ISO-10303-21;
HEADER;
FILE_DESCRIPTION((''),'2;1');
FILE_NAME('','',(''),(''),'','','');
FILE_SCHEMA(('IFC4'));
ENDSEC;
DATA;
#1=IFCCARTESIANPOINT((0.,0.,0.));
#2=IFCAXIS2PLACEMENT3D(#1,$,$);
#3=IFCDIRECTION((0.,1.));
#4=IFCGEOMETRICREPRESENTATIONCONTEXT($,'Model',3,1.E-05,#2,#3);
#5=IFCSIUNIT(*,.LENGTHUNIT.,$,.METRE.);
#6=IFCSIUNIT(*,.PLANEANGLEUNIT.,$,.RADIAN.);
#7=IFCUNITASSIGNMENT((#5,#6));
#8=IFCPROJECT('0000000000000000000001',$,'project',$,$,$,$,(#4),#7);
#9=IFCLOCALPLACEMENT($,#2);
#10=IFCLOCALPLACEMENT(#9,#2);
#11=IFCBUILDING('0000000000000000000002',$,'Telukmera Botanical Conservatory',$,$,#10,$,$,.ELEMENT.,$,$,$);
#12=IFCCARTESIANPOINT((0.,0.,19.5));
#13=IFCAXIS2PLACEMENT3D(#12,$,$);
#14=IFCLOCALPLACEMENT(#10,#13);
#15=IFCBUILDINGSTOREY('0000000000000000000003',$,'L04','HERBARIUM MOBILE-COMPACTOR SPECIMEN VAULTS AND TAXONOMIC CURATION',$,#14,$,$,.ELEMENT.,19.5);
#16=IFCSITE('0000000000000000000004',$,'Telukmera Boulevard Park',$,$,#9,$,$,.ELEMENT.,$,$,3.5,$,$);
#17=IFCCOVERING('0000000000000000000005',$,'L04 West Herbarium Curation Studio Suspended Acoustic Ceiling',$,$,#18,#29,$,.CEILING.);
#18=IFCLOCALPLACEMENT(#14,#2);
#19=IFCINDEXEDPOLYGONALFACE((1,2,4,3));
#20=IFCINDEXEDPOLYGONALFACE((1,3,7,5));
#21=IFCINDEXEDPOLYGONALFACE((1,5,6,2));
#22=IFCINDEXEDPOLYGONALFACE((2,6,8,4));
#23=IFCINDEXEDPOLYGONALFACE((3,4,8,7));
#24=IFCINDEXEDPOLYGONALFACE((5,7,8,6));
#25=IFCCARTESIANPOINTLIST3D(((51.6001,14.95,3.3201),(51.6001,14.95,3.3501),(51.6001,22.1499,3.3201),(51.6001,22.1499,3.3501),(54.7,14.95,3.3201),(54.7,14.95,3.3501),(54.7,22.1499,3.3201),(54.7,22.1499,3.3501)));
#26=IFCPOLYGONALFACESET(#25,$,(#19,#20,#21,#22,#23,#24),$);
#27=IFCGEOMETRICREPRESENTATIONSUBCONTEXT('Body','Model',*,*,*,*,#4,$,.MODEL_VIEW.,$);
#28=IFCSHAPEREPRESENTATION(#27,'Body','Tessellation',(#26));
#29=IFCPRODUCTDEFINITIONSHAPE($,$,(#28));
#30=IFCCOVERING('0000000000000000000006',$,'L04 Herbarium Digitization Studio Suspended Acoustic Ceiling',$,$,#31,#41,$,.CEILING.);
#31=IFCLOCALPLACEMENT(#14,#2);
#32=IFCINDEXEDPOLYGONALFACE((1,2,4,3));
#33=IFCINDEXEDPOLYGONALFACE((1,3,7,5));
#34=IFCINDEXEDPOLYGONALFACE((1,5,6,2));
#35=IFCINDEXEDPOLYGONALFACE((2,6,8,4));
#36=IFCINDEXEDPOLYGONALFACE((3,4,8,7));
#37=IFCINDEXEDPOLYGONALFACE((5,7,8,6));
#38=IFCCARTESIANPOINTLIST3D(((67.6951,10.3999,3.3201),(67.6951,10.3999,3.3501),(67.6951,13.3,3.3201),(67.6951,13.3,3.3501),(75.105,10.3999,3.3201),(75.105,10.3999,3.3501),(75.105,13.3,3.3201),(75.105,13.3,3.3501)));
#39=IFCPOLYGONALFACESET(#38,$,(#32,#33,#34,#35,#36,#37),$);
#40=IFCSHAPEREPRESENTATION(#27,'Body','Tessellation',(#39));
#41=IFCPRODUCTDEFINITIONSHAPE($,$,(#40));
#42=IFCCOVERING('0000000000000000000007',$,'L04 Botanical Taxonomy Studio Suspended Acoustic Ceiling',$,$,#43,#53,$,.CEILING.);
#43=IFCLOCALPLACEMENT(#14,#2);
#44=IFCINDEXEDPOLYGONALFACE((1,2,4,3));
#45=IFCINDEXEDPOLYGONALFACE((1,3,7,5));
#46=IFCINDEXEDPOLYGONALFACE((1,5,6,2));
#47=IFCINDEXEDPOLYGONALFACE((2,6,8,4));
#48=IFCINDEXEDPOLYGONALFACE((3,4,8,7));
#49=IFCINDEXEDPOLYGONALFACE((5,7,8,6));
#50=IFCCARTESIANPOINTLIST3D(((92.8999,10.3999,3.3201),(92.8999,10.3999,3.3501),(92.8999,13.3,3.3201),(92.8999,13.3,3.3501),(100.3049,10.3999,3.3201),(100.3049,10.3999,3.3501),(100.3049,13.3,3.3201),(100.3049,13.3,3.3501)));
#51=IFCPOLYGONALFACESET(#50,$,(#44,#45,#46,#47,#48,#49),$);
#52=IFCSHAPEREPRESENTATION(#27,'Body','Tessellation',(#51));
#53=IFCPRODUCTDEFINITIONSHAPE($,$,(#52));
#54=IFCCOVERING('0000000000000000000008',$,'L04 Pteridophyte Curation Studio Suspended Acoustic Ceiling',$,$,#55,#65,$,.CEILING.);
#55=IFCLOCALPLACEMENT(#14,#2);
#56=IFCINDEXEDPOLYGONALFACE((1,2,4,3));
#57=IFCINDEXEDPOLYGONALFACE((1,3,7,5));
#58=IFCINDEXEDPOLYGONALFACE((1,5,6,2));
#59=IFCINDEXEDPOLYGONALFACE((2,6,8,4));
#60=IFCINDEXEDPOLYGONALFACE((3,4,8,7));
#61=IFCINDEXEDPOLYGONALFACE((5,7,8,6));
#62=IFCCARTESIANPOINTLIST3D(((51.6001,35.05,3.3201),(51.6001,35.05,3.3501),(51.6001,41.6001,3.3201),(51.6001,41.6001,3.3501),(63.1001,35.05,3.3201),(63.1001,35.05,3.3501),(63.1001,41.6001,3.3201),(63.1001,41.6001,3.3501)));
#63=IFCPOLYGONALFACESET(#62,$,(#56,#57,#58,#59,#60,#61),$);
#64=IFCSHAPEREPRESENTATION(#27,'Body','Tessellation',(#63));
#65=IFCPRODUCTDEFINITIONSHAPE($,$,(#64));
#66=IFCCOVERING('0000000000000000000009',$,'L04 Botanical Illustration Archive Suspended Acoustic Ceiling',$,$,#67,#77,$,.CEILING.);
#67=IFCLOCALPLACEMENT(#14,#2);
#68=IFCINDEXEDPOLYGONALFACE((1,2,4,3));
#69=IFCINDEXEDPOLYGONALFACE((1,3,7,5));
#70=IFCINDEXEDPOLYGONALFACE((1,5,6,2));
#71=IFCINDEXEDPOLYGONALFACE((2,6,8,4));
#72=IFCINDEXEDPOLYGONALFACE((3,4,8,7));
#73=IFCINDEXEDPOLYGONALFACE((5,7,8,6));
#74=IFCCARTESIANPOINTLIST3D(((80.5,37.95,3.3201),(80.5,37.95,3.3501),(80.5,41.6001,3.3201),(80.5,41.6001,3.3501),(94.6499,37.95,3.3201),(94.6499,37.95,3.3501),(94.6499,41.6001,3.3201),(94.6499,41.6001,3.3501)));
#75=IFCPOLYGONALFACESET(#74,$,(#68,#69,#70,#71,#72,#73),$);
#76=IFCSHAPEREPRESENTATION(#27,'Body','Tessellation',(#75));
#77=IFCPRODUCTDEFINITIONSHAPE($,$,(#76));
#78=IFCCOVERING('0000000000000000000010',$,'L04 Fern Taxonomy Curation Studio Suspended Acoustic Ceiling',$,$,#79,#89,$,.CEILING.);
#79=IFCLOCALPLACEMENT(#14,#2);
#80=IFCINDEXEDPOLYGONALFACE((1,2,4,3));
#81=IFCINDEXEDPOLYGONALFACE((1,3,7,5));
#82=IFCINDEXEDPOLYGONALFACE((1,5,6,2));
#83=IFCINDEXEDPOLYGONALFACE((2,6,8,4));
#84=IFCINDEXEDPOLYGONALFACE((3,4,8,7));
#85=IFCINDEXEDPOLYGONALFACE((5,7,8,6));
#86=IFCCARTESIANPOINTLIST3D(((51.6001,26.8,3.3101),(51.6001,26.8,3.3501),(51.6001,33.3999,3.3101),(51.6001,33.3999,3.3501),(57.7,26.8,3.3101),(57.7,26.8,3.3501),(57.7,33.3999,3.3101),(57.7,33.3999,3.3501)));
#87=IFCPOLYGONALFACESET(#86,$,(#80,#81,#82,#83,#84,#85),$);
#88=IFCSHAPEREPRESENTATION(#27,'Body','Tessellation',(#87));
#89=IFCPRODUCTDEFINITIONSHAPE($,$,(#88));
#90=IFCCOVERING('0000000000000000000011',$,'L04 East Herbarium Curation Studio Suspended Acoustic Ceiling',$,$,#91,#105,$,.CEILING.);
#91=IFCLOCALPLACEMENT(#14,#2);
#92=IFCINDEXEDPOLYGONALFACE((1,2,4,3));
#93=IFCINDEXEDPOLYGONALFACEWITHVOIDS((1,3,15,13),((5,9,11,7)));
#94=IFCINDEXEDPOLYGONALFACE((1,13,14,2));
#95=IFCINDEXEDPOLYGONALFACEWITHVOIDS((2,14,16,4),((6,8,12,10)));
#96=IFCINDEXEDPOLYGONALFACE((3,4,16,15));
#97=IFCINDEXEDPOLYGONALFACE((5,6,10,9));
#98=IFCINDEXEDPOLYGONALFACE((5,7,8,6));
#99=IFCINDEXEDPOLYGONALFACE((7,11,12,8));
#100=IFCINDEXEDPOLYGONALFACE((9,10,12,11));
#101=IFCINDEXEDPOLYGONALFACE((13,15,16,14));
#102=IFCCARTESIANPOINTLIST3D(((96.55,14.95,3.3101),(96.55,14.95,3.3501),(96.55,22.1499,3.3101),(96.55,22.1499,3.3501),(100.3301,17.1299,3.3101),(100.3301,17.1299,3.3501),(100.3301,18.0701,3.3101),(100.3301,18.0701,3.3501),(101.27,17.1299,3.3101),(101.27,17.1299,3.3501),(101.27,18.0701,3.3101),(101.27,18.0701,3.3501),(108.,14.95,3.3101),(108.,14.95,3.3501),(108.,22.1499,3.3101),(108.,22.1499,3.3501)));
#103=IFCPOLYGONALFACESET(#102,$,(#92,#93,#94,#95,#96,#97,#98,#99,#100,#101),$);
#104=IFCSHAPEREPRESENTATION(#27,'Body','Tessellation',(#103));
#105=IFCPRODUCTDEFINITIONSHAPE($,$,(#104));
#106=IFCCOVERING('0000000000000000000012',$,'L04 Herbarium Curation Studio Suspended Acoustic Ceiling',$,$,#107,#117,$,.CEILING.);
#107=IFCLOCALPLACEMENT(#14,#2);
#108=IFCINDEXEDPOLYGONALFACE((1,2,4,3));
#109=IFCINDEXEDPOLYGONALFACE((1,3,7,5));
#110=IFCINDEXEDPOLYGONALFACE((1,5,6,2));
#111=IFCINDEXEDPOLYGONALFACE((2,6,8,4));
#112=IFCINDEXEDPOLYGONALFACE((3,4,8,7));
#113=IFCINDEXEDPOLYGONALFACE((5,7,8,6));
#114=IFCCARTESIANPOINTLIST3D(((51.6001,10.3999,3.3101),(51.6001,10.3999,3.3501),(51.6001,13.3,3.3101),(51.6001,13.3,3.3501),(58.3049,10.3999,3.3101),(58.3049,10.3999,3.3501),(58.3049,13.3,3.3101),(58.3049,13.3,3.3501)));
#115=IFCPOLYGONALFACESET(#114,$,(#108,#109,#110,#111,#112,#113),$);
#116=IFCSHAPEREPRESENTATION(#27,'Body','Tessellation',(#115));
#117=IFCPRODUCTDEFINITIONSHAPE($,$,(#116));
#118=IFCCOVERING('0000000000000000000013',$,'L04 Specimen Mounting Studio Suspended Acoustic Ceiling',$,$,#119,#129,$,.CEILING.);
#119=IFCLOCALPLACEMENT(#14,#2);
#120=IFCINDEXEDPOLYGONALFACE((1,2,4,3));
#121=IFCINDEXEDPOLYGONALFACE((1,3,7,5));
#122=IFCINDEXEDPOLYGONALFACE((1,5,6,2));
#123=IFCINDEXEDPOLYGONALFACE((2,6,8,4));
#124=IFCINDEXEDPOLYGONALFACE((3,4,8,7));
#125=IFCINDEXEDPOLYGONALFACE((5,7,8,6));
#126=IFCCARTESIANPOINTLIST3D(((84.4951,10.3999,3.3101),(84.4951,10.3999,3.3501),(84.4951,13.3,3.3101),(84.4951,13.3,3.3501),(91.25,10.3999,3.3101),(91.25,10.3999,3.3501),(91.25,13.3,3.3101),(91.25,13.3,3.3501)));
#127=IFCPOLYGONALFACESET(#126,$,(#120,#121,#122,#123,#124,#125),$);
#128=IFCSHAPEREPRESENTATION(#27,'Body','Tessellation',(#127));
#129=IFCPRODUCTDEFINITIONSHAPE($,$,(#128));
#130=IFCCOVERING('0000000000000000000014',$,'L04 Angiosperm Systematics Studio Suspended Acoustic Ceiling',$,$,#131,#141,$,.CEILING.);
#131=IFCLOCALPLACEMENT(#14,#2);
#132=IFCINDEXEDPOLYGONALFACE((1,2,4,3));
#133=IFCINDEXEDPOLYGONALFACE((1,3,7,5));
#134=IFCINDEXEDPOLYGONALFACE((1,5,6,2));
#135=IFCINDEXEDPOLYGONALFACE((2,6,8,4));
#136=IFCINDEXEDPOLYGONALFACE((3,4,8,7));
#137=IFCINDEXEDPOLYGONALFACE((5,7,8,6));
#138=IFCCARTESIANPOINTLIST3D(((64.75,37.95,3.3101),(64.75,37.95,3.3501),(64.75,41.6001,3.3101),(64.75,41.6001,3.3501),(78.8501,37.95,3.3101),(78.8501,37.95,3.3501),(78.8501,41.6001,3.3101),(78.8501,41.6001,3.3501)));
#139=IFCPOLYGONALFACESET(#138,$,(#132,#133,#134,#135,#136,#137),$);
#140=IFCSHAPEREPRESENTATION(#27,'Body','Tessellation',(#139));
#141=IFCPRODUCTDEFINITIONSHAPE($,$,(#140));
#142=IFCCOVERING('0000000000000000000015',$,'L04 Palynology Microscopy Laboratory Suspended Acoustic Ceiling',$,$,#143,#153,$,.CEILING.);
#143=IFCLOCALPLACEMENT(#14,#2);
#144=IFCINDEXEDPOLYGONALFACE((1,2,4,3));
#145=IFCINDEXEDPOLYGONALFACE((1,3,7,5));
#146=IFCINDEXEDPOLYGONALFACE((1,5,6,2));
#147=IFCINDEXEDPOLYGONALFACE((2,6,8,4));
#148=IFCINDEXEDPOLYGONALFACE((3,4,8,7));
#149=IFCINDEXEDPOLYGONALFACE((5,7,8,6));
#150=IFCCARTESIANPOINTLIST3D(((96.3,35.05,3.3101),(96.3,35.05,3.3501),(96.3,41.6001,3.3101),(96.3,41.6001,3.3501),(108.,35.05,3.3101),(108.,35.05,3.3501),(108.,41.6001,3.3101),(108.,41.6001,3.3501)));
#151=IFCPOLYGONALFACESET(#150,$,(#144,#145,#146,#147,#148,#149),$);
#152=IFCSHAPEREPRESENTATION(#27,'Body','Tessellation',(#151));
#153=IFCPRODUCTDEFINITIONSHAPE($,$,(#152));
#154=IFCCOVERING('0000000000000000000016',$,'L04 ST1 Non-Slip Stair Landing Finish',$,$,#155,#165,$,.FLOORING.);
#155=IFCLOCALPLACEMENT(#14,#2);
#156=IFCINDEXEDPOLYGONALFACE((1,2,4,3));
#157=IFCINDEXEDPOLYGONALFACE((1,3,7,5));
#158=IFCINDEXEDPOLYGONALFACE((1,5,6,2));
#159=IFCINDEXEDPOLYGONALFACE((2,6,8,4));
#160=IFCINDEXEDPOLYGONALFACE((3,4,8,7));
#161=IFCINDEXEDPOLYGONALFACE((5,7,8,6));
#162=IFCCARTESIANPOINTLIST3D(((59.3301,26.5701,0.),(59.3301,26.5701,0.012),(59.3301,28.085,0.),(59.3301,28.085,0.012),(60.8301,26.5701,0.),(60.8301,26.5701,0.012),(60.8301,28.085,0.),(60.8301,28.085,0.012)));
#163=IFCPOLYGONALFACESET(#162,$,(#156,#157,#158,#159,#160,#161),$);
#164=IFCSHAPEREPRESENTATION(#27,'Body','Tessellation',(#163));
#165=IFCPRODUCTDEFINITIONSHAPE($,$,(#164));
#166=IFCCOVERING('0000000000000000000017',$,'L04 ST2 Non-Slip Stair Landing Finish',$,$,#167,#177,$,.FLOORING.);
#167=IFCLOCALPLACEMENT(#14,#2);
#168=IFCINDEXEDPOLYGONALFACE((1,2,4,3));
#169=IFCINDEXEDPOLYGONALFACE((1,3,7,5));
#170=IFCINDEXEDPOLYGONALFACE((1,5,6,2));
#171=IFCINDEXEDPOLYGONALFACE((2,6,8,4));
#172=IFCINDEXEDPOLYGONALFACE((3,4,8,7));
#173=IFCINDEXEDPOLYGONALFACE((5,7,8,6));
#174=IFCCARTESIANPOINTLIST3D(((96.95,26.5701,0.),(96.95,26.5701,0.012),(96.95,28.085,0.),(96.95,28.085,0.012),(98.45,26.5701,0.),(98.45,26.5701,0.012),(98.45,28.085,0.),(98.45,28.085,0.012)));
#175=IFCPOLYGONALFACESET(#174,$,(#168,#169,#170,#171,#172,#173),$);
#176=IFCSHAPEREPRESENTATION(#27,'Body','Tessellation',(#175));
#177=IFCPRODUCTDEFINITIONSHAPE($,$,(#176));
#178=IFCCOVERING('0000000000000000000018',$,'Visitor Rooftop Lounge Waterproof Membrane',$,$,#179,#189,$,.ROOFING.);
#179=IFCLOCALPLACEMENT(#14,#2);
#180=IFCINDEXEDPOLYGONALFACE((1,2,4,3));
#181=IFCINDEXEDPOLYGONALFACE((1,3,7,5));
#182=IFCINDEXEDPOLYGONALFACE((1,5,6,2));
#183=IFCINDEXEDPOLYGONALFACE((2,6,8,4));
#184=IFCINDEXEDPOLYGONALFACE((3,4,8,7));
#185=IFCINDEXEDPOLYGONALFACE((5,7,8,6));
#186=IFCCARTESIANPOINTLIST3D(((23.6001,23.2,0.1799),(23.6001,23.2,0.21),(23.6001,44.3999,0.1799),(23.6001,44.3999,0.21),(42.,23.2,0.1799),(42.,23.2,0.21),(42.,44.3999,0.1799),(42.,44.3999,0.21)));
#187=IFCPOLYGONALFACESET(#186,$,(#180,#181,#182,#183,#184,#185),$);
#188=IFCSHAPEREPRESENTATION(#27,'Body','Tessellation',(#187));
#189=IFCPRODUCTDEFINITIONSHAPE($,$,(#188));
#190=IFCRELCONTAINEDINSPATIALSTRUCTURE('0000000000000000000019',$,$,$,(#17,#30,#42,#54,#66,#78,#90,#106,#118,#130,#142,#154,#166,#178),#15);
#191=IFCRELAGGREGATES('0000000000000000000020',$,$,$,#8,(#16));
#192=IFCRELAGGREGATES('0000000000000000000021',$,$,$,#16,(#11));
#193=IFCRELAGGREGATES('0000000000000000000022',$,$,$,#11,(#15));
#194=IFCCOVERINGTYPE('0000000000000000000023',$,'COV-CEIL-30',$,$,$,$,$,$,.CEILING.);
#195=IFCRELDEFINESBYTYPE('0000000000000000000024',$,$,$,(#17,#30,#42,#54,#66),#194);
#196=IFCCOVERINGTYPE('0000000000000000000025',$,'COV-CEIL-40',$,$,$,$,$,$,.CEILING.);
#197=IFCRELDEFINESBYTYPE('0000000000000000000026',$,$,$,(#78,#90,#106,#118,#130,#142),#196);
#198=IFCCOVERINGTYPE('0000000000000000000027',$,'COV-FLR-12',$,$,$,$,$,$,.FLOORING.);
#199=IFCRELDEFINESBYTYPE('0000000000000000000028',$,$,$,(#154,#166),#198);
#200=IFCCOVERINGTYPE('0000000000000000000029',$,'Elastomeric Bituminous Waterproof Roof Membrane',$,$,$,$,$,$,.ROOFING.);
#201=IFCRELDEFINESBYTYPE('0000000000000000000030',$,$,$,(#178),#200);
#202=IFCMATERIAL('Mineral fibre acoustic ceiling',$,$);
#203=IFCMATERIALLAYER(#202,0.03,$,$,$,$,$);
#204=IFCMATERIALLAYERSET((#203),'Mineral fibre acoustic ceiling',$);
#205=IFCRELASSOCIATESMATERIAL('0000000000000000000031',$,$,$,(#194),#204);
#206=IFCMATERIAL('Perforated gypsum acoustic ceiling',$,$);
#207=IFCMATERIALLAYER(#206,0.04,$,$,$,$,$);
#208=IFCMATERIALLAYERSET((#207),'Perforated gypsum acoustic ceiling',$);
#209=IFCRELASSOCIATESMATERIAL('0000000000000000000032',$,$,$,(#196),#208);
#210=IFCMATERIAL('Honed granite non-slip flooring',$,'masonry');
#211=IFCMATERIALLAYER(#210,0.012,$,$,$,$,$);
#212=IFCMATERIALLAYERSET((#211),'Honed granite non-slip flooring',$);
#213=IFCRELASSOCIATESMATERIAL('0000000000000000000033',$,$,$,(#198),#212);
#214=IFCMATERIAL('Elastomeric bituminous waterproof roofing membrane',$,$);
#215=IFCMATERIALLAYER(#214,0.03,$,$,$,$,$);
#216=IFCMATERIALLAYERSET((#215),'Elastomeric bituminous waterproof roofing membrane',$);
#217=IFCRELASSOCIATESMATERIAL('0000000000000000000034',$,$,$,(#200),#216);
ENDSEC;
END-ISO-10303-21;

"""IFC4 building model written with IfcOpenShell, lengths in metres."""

from ifc_helpers import new_model, si_unit, direction, frame, origin, place, context, subcontext, project, spatial, polyline, outline, extrude, material, layer, layer_set, type_object, element, save


model = new_model("IFC4")

# Units and contexts
model_context = context("Model", 3, precision=1e-05, world=origin(), true_north=direction((0.0, 1.0)))
body_context = subcontext(model_context, "Body", "Model", "MODEL_VIEW")
ifc_project = project(units=[si_unit("LENGTHUNIT", "METRE"), si_unit("PLANEANGLEUNIT", "RADIAN")], contexts=[model_context])

# Site, building, storey
site_placement = place(None, origin())
site = spatial("IfcSite", under=ifc_project, at=site_placement, Name="Telukmera Boulevard Park", CompositionType="ELEMENT", RefElevation=3.5)
building_placement = place(site_placement, origin())
building = spatial("IfcBuilding", under=site, at=building_placement, Name="Telukmera Botanical Conservatory", CompositionType="ELEMENT")
storey_placement = place(building_placement, frame((0.0, 0.0, 19.5)))
storey = spatial("IfcBuildingStorey", under=building, at=storey_placement, Name="L04", Description="HERBARIUM MOBILE-COMPACTOR SPECIMEN VAULTS AND TAXONOMIC CURATION", CompositionType="ELEMENT", Elevation=19.5)

# Coverings
ifc_material_1 = material(Name="Mineral fibre acoustic ceiling")
ifc_layer_1 = layer(ifc_material_1, 0.03)
ifc_layer_set_1 = layer_set([ifc_layer_1], Name="Mineral fibre acoustic ceiling")
covering_type_1 = type_object("IfcCoveringType", Name="COV-CEIL-30", PredefinedType="CEILING", material=ifc_layer_set_1)
covering_1_placement = place(storey_placement, frame((0.0, 0.0, 3.3201)))
element("IfcCovering", 1, at=covering_1_placement, inside=storey, type_object=covering_type_1, Name="L04 West Herbarium Curation Studio Suspended Acoustic Ceiling", PredefinedType="CEILING", context=body_context, shape_type="SweptSolid", body=[
    extrude(outline(polyline([(51.6001, 14.95), (54.7, 14.95), (54.7, 22.1499), (51.6001, 22.1499), (51.6001, 14.95)])), origin(), (0.0, 0.0, 1.0), 0.03),
])
covering_2_placement = place(storey_placement, frame((0.0, 0.0, 3.3201)))
element("IfcCovering", 2, at=covering_2_placement, inside=storey, type_object=covering_type_1, Name="L04 Herbarium Digitization Studio Suspended Acoustic Ceiling", PredefinedType="CEILING", context=body_context, shape_type="SweptSolid", body=[
    extrude(outline(polyline([(67.6951, 10.3999), (75.105, 10.3999), (75.105, 13.3), (67.6951, 13.3), (67.6951, 10.3999)])), origin(), (0.0, 0.0, 1.0), 0.03),
])
covering_3_placement = place(storey_placement, frame((0.0, 0.0, 3.3201)))
element("IfcCovering", 3, at=covering_3_placement, inside=storey, type_object=covering_type_1, Name="L04 Botanical Taxonomy Studio Suspended Acoustic Ceiling", PredefinedType="CEILING", context=body_context, shape_type="SweptSolid", body=[
    extrude(outline(polyline([(92.8999, 10.3999), (100.3049, 10.3999), (100.3049, 13.3), (92.8999, 13.3), (92.8999, 10.3999)])), origin(), (0.0, 0.0, 1.0), 0.03),
])
covering_4_placement = place(storey_placement, frame((0.0, 0.0, 3.3201)))
element("IfcCovering", 4, at=covering_4_placement, inside=storey, type_object=covering_type_1, Name="L04 Pteridophyte Curation Studio Suspended Acoustic Ceiling", PredefinedType="CEILING", context=body_context, shape_type="SweptSolid", body=[
    extrude(outline(polyline([(51.6001, 35.05), (63.1001, 35.05), (63.1001, 41.6001), (51.6001, 41.6001), (51.6001, 35.05)])), origin(), (0.0, 0.0, 1.0), 0.03),
])
covering_5_placement = place(storey_placement, frame((0.0, 0.0, 3.3201)))
element("IfcCovering", 5, at=covering_5_placement, inside=storey, type_object=covering_type_1, Name="L04 Botanical Illustration Archive Suspended Acoustic Ceiling", PredefinedType="CEILING", context=body_context, shape_type="SweptSolid", body=[
    extrude(outline(polyline([(80.5, 37.95), (94.6499, 37.95), (94.6499, 41.6001), (80.5, 41.6001), (80.5, 37.95)])), origin(), (0.0, 0.0, 1.0), 0.03),
])
ifc_material_2 = material(Name="Perforated gypsum acoustic ceiling")
ifc_layer_2 = layer(ifc_material_2, 0.04)
ifc_layer_set_2 = layer_set([ifc_layer_2], Name="Perforated gypsum acoustic ceiling")
covering_type_2 = type_object("IfcCoveringType", Name="COV-CEIL-40", PredefinedType="CEILING", material=ifc_layer_set_2)
covering_6_placement = place(storey_placement, frame((0.0, 0.0, 3.3101)))
element("IfcCovering", 6, at=covering_6_placement, inside=storey, type_object=covering_type_2, Name="L04 Fern Taxonomy Curation Studio Suspended Acoustic Ceiling", PredefinedType="CEILING", context=body_context, shape_type="SweptSolid", body=[
    extrude(outline(polyline([(51.6001, 26.8), (57.7, 26.8), (57.7, 33.3999), (51.6001, 33.3999), (51.6001, 26.8)])), origin(), (0.0, 0.0, 1.0), 0.04),
])
covering_7_placement = place(storey_placement, frame((0.0, 0.0, 3.3101)))
element("IfcCovering", 7, at=covering_7_placement, inside=storey, type_object=covering_type_2, Name="L04 East Herbarium Curation Studio Suspended Acoustic Ceiling", PredefinedType="CEILING", context=body_context, shape_type="SweptSolid", body=[
    extrude(outline(polyline([(96.55, 14.95), (108.0, 14.95), (108.0, 22.1499), (96.55, 22.1499), (96.55, 14.95)]), holes=[polyline([(100.3301, 17.1299), (101.27, 17.1299), (101.27, 18.0701), (100.3301, 18.0701), (100.3301, 17.1299)])]), origin(), (0.0, 0.0, 1.0), 0.04),
])
covering_8_placement = place(storey_placement, frame((0.0, 0.0, 3.3101)))
element("IfcCovering", 8, at=covering_8_placement, inside=storey, type_object=covering_type_2, Name="L04 Herbarium Curation Studio Suspended Acoustic Ceiling", PredefinedType="CEILING", context=body_context, shape_type="SweptSolid", body=[
    extrude(outline(polyline([(51.6001, 10.3999), (58.3049, 10.3999), (58.3049, 13.3), (51.6001, 13.3), (51.6001, 10.3999)])), origin(), (0.0, 0.0, 1.0), 0.04),
])
covering_9_placement = place(storey_placement, frame((0.0, 0.0, 3.3101)))
element("IfcCovering", 9, at=covering_9_placement, inside=storey, type_object=covering_type_2, Name="L04 Specimen Mounting Studio Suspended Acoustic Ceiling", PredefinedType="CEILING", context=body_context, shape_type="SweptSolid", body=[
    extrude(outline(polyline([(84.4951, 10.3999), (91.25, 10.3999), (91.25, 13.3), (84.4951, 13.3), (84.4951, 10.3999)])), origin(), (0.0, 0.0, 1.0), 0.04),
])
covering_10_placement = place(storey_placement, frame((0.0, 0.0, 3.3101)))
element("IfcCovering", 10, at=covering_10_placement, inside=storey, type_object=covering_type_2, Name="L04 Angiosperm Systematics Studio Suspended Acoustic Ceiling", PredefinedType="CEILING", context=body_context, shape_type="SweptSolid", body=[
    extrude(outline(polyline([(64.75, 37.95), (78.8501, 37.95), (78.8501, 41.6001), (64.75, 41.6001), (64.75, 37.95)])), origin(), (0.0, 0.0, 1.0), 0.04),
])
covering_11_placement = place(storey_placement, frame((0.0, 0.0, 3.3101)))
element("IfcCovering", 11, at=covering_11_placement, inside=storey, type_object=covering_type_2, Name="L04 Palynology Microscopy Laboratory Suspended Acoustic Ceiling", PredefinedType="CEILING", context=body_context, shape_type="SweptSolid", body=[
    extrude(outline(polyline([(96.3, 35.05), (108.0, 35.05), (108.0, 41.6001), (96.3, 41.6001), (96.3, 35.05)])), origin(), (0.0, 0.0, 1.0), 0.04),
])
ifc_material_3 = material(Name="Honed granite non-slip flooring", Category="masonry")
ifc_layer_3 = layer(ifc_material_3, 0.012)
ifc_layer_set_3 = layer_set([ifc_layer_3], Name="Honed granite non-slip flooring")
covering_type_3 = type_object("IfcCoveringType", Name="COV-FLR-12", PredefinedType="FLOORING", material=ifc_layer_set_3)
covering_12_placement = place(storey_placement, origin())
element("IfcCovering", 12, at=covering_12_placement, inside=storey, type_object=covering_type_3, Name="L04 ST1 Non-Slip Stair Landing Finish", PredefinedType="FLOORING", context=body_context, shape_type="SweptSolid", body=[
    extrude(outline(polyline([(60.8301, 26.5701), (60.8301, 28.085), (59.3301, 28.085), (59.3301, 26.5701), (60.8301, 26.5701)])), origin(), (0.0, 0.0, 1.0), 0.012),
])
covering_13_placement = place(storey_placement, origin())
element("IfcCovering", 13, at=covering_13_placement, inside=storey, type_object=covering_type_3, Name="L04 ST2 Non-Slip Stair Landing Finish", PredefinedType="FLOORING", context=body_context, shape_type="SweptSolid", body=[
    extrude(outline(polyline([(98.45, 26.5701), (98.45, 28.085), (96.95, 28.085), (96.95, 26.5701), (98.45, 26.5701)])), origin(), (0.0, 0.0, 1.0), 0.012),
])
ifc_material_4 = material(Name="Elastomeric bituminous waterproof roofing membrane")
ifc_layer_4 = layer(ifc_material_4, 0.03)
ifc_layer_set_4 = layer_set([ifc_layer_4], Name="Elastomeric bituminous waterproof roofing membrane")
covering_type_4 = type_object("IfcCoveringType", Name="Elastomeric Bituminous Waterproof Roof Membrane", PredefinedType="ROOFING", material=ifc_layer_set_4)
covering_14_placement = place(storey_placement, frame((0.0, 0.0, 0.1799)))
element("IfcCovering", 14, at=covering_14_placement, inside=storey, type_object=covering_type_4, Name="Visitor Rooftop Lounge Waterproof Membrane", PredefinedType="ROOFING", context=body_context, shape_type="SweptSolid", body=[
    extrude(outline(polyline([(23.6001, 23.2), (42.0, 23.2), (42.0, 44.3999), (23.6001, 44.3999), (23.6001, 23.2)])), origin(), (0.0, 0.0, 1.0), 0.03),
])

save(model, "model.ifc")
